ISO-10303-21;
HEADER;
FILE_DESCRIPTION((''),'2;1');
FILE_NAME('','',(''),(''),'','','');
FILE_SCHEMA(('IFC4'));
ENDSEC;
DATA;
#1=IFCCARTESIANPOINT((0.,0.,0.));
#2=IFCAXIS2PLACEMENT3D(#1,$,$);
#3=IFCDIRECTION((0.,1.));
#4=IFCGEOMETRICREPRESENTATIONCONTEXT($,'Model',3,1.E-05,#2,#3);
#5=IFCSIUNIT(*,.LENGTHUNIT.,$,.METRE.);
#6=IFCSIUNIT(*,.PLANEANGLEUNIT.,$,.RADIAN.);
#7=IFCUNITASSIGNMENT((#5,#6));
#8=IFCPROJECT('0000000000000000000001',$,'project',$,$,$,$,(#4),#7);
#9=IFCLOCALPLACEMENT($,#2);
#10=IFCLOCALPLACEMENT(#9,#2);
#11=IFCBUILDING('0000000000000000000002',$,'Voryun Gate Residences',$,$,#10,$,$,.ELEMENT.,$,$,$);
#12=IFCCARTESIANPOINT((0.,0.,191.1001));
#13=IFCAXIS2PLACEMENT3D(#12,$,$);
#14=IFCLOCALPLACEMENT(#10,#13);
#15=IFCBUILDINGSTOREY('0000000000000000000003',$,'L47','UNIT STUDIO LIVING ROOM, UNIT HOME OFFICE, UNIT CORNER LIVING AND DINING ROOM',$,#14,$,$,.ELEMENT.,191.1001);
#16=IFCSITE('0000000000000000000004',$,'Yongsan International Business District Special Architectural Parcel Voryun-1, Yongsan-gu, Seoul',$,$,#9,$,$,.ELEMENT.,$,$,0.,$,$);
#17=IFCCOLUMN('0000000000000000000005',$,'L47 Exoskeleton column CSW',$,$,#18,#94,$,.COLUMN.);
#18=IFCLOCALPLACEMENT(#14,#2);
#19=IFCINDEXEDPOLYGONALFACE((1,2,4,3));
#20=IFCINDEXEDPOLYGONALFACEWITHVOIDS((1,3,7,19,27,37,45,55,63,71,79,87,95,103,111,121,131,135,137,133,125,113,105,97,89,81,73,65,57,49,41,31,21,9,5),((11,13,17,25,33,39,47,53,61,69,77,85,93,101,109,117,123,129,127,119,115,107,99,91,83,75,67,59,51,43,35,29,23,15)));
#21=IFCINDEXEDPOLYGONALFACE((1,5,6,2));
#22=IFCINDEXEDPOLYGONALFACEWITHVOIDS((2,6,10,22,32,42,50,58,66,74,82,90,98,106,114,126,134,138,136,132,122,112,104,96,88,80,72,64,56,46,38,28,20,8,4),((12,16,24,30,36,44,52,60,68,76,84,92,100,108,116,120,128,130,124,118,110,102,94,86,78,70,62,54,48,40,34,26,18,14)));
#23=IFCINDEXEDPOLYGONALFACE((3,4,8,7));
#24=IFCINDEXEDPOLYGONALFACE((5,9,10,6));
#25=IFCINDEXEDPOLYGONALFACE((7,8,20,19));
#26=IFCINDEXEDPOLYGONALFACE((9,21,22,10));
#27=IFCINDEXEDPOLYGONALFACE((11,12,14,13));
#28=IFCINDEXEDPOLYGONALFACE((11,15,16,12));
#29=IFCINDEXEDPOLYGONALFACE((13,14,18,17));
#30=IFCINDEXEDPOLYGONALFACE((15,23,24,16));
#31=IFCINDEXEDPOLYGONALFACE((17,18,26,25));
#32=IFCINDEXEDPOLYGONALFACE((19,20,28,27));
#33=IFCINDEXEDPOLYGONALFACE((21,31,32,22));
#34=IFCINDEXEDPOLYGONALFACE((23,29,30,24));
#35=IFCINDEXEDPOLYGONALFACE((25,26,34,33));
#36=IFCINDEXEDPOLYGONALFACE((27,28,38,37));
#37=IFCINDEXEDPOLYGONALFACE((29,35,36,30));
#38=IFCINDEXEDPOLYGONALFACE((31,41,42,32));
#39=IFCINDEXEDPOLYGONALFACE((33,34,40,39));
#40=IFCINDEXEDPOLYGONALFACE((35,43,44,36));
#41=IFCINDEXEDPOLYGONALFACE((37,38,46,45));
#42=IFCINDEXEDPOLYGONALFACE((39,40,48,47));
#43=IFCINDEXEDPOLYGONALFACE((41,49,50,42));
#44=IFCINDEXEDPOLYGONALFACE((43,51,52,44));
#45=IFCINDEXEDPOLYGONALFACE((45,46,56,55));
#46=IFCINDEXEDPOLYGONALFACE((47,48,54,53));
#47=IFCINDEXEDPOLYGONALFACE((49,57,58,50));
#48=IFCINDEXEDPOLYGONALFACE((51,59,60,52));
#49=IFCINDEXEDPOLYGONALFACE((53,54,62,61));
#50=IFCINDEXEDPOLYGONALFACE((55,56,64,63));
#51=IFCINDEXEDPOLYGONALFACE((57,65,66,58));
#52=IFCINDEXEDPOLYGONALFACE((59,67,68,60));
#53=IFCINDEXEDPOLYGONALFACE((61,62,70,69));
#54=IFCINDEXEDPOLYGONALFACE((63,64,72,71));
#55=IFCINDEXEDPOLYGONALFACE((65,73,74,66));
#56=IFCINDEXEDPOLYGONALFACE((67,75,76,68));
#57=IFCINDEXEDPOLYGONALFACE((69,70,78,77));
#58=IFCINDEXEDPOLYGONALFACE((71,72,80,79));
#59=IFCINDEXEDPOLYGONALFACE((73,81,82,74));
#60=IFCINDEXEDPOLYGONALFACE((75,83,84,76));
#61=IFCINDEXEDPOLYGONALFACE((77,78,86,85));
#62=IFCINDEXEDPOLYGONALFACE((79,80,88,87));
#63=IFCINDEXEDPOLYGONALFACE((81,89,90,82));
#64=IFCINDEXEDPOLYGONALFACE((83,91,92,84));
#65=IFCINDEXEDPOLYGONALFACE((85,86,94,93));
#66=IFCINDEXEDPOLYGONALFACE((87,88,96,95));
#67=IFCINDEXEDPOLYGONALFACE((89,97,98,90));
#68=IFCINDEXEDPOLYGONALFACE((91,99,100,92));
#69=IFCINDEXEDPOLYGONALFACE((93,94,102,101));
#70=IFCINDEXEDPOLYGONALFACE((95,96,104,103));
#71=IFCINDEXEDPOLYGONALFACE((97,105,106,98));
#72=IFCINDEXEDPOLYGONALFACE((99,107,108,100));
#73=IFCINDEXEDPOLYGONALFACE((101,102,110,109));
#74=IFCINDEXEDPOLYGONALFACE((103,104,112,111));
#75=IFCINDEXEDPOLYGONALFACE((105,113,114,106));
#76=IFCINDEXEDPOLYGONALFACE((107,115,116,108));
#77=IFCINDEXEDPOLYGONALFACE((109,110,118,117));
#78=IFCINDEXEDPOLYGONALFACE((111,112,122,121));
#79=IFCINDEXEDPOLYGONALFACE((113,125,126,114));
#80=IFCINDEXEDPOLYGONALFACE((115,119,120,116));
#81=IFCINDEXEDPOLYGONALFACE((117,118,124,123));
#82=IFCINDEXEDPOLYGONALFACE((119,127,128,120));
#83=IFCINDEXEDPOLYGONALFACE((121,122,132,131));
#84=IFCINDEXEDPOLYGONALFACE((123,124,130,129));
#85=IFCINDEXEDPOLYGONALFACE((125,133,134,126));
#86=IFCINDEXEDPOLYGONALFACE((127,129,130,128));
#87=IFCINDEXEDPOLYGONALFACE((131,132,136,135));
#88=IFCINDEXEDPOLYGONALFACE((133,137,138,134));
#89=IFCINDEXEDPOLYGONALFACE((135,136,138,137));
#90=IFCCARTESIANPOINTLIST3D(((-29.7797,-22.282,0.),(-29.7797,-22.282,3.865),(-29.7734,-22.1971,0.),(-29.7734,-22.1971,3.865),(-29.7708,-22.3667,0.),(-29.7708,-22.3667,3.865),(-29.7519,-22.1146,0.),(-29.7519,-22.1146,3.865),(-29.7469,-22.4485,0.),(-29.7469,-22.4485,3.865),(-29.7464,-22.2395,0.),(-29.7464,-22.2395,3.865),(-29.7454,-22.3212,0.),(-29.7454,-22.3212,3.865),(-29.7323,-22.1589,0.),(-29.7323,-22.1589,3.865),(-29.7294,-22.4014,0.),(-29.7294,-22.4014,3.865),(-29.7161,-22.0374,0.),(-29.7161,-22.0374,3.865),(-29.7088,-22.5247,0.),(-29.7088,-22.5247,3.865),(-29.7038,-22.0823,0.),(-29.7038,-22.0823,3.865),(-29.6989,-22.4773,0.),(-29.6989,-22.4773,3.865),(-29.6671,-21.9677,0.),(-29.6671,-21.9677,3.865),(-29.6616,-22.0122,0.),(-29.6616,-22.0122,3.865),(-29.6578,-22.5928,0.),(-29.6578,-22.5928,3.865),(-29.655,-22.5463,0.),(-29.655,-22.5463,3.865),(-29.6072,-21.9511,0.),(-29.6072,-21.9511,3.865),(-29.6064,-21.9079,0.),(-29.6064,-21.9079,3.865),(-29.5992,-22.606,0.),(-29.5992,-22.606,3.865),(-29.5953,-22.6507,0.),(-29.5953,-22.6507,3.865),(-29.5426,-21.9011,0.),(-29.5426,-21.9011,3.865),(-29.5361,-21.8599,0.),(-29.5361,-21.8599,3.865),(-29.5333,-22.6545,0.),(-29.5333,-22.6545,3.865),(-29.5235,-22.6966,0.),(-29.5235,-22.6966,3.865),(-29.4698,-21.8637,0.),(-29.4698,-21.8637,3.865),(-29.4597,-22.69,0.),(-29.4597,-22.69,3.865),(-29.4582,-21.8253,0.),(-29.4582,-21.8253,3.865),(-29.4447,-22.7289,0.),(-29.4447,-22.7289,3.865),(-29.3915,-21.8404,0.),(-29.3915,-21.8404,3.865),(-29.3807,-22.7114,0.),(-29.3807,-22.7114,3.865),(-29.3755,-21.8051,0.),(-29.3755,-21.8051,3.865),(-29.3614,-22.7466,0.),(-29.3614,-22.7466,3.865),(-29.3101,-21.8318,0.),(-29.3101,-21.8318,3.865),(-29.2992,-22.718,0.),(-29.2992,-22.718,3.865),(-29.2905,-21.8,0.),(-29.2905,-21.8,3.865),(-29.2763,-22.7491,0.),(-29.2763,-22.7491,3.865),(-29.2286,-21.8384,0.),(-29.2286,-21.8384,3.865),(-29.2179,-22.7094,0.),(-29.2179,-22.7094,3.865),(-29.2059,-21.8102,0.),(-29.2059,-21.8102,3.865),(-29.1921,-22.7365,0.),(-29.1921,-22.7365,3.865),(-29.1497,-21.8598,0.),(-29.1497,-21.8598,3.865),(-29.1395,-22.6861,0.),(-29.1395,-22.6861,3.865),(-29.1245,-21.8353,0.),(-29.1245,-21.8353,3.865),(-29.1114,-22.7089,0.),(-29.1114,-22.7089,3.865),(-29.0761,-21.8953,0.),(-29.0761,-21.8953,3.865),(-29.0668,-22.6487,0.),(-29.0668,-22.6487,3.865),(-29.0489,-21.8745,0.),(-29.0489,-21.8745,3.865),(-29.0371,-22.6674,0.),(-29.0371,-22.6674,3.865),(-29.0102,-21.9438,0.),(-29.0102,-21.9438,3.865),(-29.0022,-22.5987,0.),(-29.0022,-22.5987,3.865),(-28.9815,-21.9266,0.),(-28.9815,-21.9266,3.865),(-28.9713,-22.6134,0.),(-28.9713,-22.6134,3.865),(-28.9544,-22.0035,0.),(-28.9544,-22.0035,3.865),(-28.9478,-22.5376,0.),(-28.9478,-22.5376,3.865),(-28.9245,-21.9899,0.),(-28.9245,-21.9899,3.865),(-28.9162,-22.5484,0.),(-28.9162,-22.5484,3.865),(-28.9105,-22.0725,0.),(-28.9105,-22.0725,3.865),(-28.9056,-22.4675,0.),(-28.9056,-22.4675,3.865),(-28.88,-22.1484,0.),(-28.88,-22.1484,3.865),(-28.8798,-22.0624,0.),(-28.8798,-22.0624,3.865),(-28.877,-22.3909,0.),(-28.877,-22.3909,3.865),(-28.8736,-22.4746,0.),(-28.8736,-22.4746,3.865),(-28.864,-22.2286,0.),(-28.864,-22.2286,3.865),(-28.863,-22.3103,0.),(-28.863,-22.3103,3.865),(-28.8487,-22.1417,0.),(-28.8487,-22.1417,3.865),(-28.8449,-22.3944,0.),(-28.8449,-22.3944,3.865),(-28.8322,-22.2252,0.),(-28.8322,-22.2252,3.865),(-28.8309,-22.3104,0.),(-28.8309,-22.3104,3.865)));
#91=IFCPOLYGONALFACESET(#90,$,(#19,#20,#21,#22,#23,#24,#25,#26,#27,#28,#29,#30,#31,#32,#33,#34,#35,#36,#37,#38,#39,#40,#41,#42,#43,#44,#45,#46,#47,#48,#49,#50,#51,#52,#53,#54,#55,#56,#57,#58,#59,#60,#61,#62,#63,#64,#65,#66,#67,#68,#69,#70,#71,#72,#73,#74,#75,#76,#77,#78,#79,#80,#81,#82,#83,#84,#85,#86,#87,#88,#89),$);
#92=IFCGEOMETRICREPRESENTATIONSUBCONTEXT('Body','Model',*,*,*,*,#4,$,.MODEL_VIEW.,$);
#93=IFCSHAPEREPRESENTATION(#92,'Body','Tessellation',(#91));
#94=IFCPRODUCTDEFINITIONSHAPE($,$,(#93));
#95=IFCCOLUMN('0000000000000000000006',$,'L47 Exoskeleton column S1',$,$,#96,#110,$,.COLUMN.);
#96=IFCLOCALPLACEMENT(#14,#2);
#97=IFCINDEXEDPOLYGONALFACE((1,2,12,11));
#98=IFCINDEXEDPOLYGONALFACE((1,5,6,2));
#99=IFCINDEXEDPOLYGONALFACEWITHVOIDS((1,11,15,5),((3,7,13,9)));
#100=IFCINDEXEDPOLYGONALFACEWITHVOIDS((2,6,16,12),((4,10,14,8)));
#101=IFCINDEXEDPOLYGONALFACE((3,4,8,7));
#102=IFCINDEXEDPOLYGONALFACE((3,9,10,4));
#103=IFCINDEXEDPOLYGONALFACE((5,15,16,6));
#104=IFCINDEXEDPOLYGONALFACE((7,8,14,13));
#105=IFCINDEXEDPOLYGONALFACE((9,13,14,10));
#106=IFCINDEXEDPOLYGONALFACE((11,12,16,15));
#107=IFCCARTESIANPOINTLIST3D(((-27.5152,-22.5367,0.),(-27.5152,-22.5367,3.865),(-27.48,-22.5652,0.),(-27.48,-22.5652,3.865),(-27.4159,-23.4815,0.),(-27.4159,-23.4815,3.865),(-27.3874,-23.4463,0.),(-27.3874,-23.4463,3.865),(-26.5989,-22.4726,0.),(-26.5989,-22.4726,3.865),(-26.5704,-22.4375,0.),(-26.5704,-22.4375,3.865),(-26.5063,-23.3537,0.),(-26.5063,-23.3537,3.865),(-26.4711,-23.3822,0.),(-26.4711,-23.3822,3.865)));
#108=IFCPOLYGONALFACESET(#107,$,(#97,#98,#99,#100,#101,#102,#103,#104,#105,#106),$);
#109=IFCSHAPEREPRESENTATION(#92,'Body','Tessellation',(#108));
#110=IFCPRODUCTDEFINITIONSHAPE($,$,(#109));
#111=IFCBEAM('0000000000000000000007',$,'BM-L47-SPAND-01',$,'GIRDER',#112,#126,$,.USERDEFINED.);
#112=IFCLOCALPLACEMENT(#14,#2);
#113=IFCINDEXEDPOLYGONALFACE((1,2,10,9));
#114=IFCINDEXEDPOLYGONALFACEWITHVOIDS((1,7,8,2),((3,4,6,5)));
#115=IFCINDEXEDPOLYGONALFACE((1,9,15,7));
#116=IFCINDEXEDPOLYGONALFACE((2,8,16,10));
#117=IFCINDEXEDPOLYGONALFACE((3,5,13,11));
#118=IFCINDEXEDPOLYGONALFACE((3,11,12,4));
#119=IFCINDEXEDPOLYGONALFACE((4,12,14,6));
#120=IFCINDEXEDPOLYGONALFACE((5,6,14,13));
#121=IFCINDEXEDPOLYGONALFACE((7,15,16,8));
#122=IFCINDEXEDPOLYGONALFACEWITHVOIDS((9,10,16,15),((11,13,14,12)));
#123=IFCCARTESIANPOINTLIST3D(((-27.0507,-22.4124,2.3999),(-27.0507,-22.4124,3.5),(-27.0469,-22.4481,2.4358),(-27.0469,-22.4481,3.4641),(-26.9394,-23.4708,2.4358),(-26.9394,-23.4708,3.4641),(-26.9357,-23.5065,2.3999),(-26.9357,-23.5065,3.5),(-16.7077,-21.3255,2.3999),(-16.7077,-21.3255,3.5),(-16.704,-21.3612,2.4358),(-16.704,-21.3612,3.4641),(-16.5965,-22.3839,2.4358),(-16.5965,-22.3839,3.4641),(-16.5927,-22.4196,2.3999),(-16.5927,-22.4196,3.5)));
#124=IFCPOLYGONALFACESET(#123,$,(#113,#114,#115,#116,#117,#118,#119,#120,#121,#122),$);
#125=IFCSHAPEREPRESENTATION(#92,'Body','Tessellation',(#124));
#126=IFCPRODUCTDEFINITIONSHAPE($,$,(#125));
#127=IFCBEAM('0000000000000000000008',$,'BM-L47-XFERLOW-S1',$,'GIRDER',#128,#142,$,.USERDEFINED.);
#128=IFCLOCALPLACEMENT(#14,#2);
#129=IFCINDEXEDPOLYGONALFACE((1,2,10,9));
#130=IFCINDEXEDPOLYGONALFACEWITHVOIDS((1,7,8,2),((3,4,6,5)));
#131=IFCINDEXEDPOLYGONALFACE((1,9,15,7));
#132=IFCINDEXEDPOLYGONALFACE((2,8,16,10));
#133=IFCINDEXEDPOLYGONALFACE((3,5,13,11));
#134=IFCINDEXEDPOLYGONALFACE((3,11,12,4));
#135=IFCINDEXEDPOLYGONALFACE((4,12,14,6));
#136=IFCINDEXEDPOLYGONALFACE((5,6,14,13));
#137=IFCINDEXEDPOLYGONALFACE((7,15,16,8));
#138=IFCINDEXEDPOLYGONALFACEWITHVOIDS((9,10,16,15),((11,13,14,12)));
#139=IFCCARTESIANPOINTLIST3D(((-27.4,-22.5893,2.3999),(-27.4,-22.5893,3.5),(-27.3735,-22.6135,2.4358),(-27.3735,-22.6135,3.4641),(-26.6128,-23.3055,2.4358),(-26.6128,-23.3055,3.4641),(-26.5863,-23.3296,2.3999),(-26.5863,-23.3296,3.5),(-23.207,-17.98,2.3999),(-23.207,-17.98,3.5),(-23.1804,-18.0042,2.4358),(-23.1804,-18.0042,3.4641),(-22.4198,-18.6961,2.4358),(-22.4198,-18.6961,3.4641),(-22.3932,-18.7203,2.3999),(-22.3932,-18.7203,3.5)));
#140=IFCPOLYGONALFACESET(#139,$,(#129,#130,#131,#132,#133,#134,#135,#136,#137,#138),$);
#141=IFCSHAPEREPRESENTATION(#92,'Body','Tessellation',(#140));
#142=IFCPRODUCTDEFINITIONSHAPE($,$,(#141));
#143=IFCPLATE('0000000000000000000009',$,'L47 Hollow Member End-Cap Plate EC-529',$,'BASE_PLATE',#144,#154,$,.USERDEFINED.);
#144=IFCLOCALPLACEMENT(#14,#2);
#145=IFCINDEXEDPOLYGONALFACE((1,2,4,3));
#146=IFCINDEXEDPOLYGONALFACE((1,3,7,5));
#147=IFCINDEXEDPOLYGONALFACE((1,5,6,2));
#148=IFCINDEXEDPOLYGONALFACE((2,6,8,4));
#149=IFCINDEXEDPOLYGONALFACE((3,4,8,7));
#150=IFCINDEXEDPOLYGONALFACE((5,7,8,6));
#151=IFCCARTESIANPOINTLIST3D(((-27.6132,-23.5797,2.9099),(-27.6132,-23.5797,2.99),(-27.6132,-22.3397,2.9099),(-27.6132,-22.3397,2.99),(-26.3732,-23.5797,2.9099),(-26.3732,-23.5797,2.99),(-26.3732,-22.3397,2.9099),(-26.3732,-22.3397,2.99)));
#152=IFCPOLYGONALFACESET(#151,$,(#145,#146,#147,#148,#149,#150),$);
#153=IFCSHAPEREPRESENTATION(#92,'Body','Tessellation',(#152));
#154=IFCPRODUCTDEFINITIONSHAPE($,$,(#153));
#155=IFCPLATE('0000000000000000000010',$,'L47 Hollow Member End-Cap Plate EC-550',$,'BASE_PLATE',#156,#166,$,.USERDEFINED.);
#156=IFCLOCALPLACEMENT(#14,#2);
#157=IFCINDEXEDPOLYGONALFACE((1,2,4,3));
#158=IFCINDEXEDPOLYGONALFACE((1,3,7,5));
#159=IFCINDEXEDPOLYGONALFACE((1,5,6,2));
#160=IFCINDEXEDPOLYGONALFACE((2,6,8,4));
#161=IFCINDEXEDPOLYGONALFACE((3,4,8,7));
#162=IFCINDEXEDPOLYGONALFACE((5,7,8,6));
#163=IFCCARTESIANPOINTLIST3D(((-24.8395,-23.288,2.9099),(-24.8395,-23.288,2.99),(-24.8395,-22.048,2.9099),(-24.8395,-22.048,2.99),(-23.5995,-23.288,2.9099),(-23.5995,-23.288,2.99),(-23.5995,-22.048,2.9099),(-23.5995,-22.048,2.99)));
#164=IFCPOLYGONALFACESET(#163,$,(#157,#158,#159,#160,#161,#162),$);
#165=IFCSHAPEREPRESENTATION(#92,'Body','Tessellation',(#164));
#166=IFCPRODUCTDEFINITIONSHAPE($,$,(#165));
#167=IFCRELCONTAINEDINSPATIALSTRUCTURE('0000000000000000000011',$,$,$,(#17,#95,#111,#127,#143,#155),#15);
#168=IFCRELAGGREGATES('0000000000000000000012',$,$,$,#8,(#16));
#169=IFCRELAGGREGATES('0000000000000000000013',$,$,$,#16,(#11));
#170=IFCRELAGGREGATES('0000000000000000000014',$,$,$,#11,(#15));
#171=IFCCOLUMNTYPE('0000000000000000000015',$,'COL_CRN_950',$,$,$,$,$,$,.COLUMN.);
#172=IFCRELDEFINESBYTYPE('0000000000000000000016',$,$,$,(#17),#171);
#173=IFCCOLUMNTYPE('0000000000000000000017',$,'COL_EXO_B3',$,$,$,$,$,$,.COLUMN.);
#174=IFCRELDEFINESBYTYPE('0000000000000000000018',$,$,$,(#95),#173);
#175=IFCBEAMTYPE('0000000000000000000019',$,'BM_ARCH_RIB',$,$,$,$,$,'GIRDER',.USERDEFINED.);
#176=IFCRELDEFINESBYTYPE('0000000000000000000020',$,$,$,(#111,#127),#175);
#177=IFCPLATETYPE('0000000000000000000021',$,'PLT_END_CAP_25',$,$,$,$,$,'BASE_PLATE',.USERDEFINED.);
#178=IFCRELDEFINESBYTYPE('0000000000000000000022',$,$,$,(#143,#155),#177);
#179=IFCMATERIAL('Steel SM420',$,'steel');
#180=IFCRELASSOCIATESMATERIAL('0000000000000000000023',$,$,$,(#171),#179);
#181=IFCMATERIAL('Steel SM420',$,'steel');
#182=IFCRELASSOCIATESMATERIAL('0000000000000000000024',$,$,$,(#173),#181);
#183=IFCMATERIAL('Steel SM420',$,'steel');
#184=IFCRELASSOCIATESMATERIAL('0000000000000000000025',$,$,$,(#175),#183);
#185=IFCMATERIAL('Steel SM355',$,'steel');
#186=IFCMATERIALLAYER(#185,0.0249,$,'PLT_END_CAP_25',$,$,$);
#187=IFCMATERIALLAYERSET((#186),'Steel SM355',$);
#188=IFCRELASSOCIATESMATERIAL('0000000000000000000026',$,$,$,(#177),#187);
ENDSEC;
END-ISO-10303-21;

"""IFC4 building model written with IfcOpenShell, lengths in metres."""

from ifc_helpers import new_model, si_unit, direction, frame, origin, origin_2d, place, context, subcontext, project, spatial, rectangle, hollow_rectangle, hollow_circle, extrude, material, layer, layer_set, material_profile, profile_set, type_object, element, save


model = new_model("IFC4")

# Units and contexts
model_context = context("Model", 3, precision=1e-05, world=origin(), true_north=direction((0.0, 1.0)))
body_context = subcontext(model_context, "Body", "Model", "MODEL_VIEW")
ifc_project = project(units=[si_unit("LENGTHUNIT", "METRE"), si_unit("PLANEANGLEUNIT", "RADIAN")], contexts=[model_context])

# Site, building, storey
site_placement = place(None, origin())
site = spatial("IfcSite", under=ifc_project, at=site_placement, Name="Yongsan International Business District Special Architectural Parcel Voryun-1, Yongsan-gu, Seoul", CompositionType="ELEMENT", RefElevation=0.0)
building_placement = place(site_placement, origin())
building = spatial("IfcBuilding", under=site, at=building_placement, Name="Voryun Gate Residences", CompositionType="ELEMENT")
storey_placement = place(building_placement, frame((0.0, 0.0, 191.1001)))
storey = spatial("IfcBuildingStorey", under=building, at=storey_placement, Name="L47", Description="UNIT STUDIO LIVING ROOM, UNIT HOME OFFICE, UNIT CORNER LIVING AND DINING ROOM", CompositionType="ELEMENT", Elevation=191.1001)

# Columns
ifc_material_1 = material(Name="Steel SM420", Category="steel")
ifc_material_profile_1 = material_profile(ifc_material_1, hollow_circle(Radius=0.4751, WallThickness=0.032, at=origin_2d()), Name="CHS-950x32")
ifc_profile_set_1 = profile_set([ifc_material_profile_1], Name="Steel SM420")
column_type_1 = type_object("IfcColumnType", Name="COL_CRN_950", PredefinedType="COLUMN", material=ifc_profile_set_1)
column_1_placement = place(storey_placement, frame((-29.3047, -22.2749, 0.0), z_axis=(0.0, 0.0, 1.0), x_axis=(0.994522, 0.104528, 0.0)))
element("IfcColumn", 1, at=column_1_placement, inside=storey, type_object=column_type_1, Name="L47 Exoskeleton column CSW", PredefinedType="COLUMN", context=body_context, shape_type="SweptSolid", body=[
    extrude(hollow_circle(Radius=0.4751, WallThickness=0.032, at=origin_2d()), origin(), (0.0, 0.0, 1.0), 3.865),
])
ifc_material_2 = material(Name="Steel SM420", Category="steel")
ifc_material_profile_2 = material_profile(ifc_material_2, hollow_rectangle(XDim=0.95, YDim=0.95, WallThickness=0.032, at=origin_2d()), Name="BOX-950x950x32")
ifc_profile_set_2 = profile_set([ifc_material_profile_2], Name="Steel SM420")
column_type_2 = type_object("IfcColumnType", Name="COL_EXO_B3", PredefinedType="COLUMN", material=ifc_profile_set_2)
column_2_placement = place(storey_placement, frame((-26.9932, -22.9595, 0.0), z_axis=(0.0, 0.0, 1.0), x_axis=(0.994522, 0.104528, 0.0)))
element("IfcColumn", 2, at=column_2_placement, inside=storey, type_object=column_type_2, Name="L47 Exoskeleton column S1", PredefinedType="COLUMN", context=body_context, shape_type="SweptSolid", body=[
    extrude(hollow_rectangle(XDim=0.95, YDim=0.95, WallThickness=0.032, at=origin_2d()), origin(), (0.0, 0.0, 1.0), 3.865),
])

# Beams
ifc_material_3 = material(Name="Steel SM420", Category="steel")
ifc_material_profile_3 = material_profile(ifc_material_3, hollow_rectangle(XDim=1.1001, YDim=1.1001, WallThickness=0.0359, at=origin_2d()), Name="BOX-1100x1100x36")
ifc_profile_set_3 = profile_set([ifc_material_profile_3], Name="Steel SM420")
beam_type = type_object("IfcBeamType", Name="BM_ARCH_RIB", ElementType="GIRDER", PredefinedType="USERDEFINED", material=ifc_profile_set_3)
beam_1_placement = place(storey_placement, frame((-26.9932, -22.9595, 2.95), z_axis=(0.994524, 0.104511, 0.0), x_axis=(-0.104511, 0.994524, 0.0)))
element("IfcBeam", 3, at=beam_1_placement, inside=storey, type_object=beam_type, Name="BM-L47-SPAND-01", ObjectType="GIRDER", PredefinedType="USERDEFINED", context=body_context, shape_type="SweptSolid", body=[
    extrude(hollow_rectangle(XDim=1.1001, YDim=1.1001, WallThickness=0.0359, at=origin_2d()), origin(), (0.0, 0.0, 1.0), 10.3999),
])
beam_2_placement = place(storey_placement, frame((-26.9932, -22.9595, 2.95), z_axis=(0.672917, 0.739718, 0.0), x_axis=(-0.739718, 0.672917, 0.0)))
element("IfcBeam", 4, at=beam_2_placement, inside=storey, type_object=beam_type, Name="BM-L47-XFERLOW-S1", ObjectType="GIRDER", PredefinedType="USERDEFINED", context=body_context, shape_type="SweptSolid", body=[
    extrude(hollow_rectangle(XDim=1.1001, YDim=1.1001, WallThickness=0.0359, at=origin_2d()), origin(), (0.0, 0.0, 1.0), 6.2312),
])

# Plates
ifc_material_4 = material(Name="Steel SM355", Category="steel")
ifc_layer_1 = layer(ifc_material_4, 0.0249, Name="PLT_END_CAP_25")
ifc_layer_set_1 = layer_set([ifc_layer_1], Name="Steel SM355")
plate_type = type_object("IfcPlateType", Name="PLT_END_CAP_25", ElementType="BASE_PLATE", PredefinedType="USERDEFINED", material=ifc_layer_set_1)
for number, where, z_axis, x_axis, name in (
    (5, (-26.9932, -22.9597, 2.9099), (0.0, 0.0, 1.0), (1.0, 0.0, 0.0), "L47 Hollow Member End-Cap Plate EC-529"),
    (6, (-24.2195, -22.668, 2.9099), (0.0, 0.0, 1.0), (1.0, 0.0, 0.0), "L47 Hollow Member End-Cap Plate EC-550"),
):
    element("IfcPlate", number, at=place(storey_placement, frame(where, z_axis=z_axis, x_axis=x_axis)), inside=storey, type_object=plate_type, Name=name, ObjectType="BASE_PLATE", PredefinedType="USERDEFINED", context=body_context, shape_type="SweptSolid", body=[
        extrude(rectangle(XDim=1.24, YDim=1.24, at=origin_2d()), origin(), (0.0, 0.0, 1.0), 0.0801),
    ])

save(model, "model.ifc")
